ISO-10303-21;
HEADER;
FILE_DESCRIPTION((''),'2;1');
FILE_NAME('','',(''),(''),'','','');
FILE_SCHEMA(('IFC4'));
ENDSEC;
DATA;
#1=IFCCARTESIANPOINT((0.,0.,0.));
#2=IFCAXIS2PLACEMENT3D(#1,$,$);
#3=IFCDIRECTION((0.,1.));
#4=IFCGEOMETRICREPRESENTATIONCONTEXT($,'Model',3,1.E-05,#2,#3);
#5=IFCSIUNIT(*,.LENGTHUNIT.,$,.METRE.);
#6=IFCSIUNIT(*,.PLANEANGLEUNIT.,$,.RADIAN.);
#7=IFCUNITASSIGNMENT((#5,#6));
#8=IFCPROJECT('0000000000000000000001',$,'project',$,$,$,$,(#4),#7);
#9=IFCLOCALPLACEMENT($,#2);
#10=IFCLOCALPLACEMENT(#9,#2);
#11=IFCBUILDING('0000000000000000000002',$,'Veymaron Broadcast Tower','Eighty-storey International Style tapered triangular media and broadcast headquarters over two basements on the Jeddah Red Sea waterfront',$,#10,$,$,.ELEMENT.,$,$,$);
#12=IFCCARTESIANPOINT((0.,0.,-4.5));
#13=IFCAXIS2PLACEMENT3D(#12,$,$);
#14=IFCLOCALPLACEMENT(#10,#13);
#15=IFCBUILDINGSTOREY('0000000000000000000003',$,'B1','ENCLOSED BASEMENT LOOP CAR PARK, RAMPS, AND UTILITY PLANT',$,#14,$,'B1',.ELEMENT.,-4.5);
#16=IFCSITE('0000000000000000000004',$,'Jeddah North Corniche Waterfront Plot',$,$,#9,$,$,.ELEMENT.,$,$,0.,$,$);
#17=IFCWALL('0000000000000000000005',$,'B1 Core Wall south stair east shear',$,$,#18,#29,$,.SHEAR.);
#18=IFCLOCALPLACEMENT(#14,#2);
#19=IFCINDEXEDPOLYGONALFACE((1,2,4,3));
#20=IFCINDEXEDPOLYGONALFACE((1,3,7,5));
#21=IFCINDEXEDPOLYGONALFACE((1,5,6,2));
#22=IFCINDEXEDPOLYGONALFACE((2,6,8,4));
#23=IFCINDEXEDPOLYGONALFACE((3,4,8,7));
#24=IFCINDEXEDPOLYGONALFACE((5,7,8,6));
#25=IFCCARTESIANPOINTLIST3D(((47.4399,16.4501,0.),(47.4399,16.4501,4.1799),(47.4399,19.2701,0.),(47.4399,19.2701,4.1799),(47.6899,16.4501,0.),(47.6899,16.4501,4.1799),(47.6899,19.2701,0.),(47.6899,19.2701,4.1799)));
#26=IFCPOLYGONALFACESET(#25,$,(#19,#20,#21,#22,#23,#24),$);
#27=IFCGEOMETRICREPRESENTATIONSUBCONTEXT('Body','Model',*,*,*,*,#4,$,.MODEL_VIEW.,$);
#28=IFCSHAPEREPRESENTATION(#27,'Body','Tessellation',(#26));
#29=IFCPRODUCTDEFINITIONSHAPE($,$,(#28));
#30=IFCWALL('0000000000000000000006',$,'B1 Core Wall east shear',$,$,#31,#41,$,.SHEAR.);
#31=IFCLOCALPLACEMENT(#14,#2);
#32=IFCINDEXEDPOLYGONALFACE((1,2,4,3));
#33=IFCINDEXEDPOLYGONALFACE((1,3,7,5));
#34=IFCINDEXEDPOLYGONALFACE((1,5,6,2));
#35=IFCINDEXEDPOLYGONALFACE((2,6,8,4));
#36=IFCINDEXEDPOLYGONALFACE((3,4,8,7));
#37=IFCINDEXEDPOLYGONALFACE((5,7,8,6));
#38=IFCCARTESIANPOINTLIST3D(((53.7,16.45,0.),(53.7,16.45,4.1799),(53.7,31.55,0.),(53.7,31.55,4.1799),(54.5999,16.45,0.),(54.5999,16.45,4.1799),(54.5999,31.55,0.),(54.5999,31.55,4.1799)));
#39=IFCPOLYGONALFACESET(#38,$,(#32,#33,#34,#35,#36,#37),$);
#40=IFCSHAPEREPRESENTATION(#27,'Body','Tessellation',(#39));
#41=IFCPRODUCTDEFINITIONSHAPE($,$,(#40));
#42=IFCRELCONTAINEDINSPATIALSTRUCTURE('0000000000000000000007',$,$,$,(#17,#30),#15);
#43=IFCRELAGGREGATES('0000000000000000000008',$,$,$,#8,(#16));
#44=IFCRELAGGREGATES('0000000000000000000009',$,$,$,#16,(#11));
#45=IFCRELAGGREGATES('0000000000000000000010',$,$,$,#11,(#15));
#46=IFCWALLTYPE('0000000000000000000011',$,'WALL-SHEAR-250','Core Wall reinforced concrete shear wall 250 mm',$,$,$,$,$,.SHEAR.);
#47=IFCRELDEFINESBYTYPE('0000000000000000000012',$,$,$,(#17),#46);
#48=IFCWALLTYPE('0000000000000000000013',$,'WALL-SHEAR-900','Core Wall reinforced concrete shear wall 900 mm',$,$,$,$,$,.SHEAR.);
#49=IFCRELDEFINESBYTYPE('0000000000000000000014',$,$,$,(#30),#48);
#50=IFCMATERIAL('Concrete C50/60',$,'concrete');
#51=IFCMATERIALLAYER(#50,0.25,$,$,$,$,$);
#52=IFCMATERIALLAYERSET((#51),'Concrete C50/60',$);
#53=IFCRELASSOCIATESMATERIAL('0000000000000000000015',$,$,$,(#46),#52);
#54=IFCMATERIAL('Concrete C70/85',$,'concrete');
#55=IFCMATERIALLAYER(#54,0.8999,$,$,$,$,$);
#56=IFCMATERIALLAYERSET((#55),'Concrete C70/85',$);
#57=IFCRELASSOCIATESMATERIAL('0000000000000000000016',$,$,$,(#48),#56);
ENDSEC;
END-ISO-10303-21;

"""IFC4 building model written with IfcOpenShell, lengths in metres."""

from ifc_helpers import new_model, si_unit, direction, frame, frame_2d, origin, place, context, subcontext, project, spatial, rectangle, extrude, material, layer, layer_set, type_object, element, save


model = new_model("IFC4")

# Units and contexts
model_context = context("Model", 3, precision=1e-05, world=origin(), true_north=direction((0.0, 1.0)))
body_context = subcontext(model_context, "Body", "Model", "MODEL_VIEW")
ifc_project = project(units=[si_unit("LENGTHUNIT", "METRE"), si_unit("PLANEANGLEUNIT", "RADIAN")], contexts=[model_context])

# Site, building, storey
site_placement = place(None, origin())
site = spatial("IfcSite", under=ifc_project, at=site_placement, Name="Jeddah North Corniche Waterfront Plot", CompositionType="ELEMENT", RefElevation=0.0)
building_placement = place(site_placement, origin())
building = spatial("IfcBuilding", under=site, at=building_placement, Name="Veymaron Broadcast Tower", Description="Eighty-storey International Style tapered triangular media and broadcast headquarters over two basements on the Jeddah Red Sea waterfront", CompositionType="ELEMENT")
storey_placement = place(building_placement, frame((0.0, 0.0, -4.5)))
storey = spatial("IfcBuildingStorey", under=building, at=storey_placement, Name="B1", Description="ENCLOSED BASEMENT LOOP CAR PARK, RAMPS, AND UTILITY PLANT", LongName="B1", CompositionType="ELEMENT", Elevation=-4.5)

# Shared definitions
ifc_material_1 = material(Name="Concrete C70/85", Category="concrete")

# Walls
ifc_material_2 = material(Name="Concrete C50/60", Category="concrete")
ifc_layer_1 = layer(ifc_material_2, 0.25)
ifc_layer_set_1 = layer_set([ifc_layer_1], Name="Concrete C50/60")
wall_type_1 = type_object("IfcWallType", Name="WALL-SHEAR-250", Description="Core Wall reinforced concrete shear wall 250 mm", PredefinedType="SHEAR", material=ifc_layer_set_1)
wall_1_placement = place(storey_placement, frame((47.5649, 16.45, 0.0), z_axis=(0.0, 0.0, 1.0), x_axis=(0.0, 1.0, 0.0)))
element("IfcWall", 1, at=wall_1_placement, inside=storey, type_object=wall_type_1, Name="B1 Core Wall south stair east shear", PredefinedType="SHEAR", context=body_context, shape_type="SweptSolid", body=[
    extrude(rectangle(XDim=2.8201, YDim=0.25, at=frame_2d((1.4102, 0.0))), origin(), (0.0, 0.0, 1.0), 4.1799),
])
ifc_layer_2 = layer(ifc_material_1, 0.8999)
ifc_layer_set_2 = layer_set([ifc_layer_2], Name="Concrete C70/85")
wall_type_2 = type_object("IfcWallType", Name="WALL-SHEAR-900", Description="Core Wall reinforced concrete shear wall 900 mm", PredefinedType="SHEAR", material=ifc_layer_set_2)
wall_2_placement = place(storey_placement, frame((54.1499, 16.45, 0.0), z_axis=(0.0, 0.0, 1.0), x_axis=(0.0, 1.0, 0.0)))
element("IfcWall", 2, at=wall_2_placement, inside=storey, type_object=wall_type_2, Name="B1 Core Wall east shear", PredefinedType="SHEAR", context=body_context, shape_type="SweptSolid", body=[
    extrude(rectangle(XDim=15.1001, YDim=0.8999, at=frame_2d((7.55, 0.0))), origin(), (0.0, 0.0, 1.0), 4.1799),
])

save(model, "model.ifc")
